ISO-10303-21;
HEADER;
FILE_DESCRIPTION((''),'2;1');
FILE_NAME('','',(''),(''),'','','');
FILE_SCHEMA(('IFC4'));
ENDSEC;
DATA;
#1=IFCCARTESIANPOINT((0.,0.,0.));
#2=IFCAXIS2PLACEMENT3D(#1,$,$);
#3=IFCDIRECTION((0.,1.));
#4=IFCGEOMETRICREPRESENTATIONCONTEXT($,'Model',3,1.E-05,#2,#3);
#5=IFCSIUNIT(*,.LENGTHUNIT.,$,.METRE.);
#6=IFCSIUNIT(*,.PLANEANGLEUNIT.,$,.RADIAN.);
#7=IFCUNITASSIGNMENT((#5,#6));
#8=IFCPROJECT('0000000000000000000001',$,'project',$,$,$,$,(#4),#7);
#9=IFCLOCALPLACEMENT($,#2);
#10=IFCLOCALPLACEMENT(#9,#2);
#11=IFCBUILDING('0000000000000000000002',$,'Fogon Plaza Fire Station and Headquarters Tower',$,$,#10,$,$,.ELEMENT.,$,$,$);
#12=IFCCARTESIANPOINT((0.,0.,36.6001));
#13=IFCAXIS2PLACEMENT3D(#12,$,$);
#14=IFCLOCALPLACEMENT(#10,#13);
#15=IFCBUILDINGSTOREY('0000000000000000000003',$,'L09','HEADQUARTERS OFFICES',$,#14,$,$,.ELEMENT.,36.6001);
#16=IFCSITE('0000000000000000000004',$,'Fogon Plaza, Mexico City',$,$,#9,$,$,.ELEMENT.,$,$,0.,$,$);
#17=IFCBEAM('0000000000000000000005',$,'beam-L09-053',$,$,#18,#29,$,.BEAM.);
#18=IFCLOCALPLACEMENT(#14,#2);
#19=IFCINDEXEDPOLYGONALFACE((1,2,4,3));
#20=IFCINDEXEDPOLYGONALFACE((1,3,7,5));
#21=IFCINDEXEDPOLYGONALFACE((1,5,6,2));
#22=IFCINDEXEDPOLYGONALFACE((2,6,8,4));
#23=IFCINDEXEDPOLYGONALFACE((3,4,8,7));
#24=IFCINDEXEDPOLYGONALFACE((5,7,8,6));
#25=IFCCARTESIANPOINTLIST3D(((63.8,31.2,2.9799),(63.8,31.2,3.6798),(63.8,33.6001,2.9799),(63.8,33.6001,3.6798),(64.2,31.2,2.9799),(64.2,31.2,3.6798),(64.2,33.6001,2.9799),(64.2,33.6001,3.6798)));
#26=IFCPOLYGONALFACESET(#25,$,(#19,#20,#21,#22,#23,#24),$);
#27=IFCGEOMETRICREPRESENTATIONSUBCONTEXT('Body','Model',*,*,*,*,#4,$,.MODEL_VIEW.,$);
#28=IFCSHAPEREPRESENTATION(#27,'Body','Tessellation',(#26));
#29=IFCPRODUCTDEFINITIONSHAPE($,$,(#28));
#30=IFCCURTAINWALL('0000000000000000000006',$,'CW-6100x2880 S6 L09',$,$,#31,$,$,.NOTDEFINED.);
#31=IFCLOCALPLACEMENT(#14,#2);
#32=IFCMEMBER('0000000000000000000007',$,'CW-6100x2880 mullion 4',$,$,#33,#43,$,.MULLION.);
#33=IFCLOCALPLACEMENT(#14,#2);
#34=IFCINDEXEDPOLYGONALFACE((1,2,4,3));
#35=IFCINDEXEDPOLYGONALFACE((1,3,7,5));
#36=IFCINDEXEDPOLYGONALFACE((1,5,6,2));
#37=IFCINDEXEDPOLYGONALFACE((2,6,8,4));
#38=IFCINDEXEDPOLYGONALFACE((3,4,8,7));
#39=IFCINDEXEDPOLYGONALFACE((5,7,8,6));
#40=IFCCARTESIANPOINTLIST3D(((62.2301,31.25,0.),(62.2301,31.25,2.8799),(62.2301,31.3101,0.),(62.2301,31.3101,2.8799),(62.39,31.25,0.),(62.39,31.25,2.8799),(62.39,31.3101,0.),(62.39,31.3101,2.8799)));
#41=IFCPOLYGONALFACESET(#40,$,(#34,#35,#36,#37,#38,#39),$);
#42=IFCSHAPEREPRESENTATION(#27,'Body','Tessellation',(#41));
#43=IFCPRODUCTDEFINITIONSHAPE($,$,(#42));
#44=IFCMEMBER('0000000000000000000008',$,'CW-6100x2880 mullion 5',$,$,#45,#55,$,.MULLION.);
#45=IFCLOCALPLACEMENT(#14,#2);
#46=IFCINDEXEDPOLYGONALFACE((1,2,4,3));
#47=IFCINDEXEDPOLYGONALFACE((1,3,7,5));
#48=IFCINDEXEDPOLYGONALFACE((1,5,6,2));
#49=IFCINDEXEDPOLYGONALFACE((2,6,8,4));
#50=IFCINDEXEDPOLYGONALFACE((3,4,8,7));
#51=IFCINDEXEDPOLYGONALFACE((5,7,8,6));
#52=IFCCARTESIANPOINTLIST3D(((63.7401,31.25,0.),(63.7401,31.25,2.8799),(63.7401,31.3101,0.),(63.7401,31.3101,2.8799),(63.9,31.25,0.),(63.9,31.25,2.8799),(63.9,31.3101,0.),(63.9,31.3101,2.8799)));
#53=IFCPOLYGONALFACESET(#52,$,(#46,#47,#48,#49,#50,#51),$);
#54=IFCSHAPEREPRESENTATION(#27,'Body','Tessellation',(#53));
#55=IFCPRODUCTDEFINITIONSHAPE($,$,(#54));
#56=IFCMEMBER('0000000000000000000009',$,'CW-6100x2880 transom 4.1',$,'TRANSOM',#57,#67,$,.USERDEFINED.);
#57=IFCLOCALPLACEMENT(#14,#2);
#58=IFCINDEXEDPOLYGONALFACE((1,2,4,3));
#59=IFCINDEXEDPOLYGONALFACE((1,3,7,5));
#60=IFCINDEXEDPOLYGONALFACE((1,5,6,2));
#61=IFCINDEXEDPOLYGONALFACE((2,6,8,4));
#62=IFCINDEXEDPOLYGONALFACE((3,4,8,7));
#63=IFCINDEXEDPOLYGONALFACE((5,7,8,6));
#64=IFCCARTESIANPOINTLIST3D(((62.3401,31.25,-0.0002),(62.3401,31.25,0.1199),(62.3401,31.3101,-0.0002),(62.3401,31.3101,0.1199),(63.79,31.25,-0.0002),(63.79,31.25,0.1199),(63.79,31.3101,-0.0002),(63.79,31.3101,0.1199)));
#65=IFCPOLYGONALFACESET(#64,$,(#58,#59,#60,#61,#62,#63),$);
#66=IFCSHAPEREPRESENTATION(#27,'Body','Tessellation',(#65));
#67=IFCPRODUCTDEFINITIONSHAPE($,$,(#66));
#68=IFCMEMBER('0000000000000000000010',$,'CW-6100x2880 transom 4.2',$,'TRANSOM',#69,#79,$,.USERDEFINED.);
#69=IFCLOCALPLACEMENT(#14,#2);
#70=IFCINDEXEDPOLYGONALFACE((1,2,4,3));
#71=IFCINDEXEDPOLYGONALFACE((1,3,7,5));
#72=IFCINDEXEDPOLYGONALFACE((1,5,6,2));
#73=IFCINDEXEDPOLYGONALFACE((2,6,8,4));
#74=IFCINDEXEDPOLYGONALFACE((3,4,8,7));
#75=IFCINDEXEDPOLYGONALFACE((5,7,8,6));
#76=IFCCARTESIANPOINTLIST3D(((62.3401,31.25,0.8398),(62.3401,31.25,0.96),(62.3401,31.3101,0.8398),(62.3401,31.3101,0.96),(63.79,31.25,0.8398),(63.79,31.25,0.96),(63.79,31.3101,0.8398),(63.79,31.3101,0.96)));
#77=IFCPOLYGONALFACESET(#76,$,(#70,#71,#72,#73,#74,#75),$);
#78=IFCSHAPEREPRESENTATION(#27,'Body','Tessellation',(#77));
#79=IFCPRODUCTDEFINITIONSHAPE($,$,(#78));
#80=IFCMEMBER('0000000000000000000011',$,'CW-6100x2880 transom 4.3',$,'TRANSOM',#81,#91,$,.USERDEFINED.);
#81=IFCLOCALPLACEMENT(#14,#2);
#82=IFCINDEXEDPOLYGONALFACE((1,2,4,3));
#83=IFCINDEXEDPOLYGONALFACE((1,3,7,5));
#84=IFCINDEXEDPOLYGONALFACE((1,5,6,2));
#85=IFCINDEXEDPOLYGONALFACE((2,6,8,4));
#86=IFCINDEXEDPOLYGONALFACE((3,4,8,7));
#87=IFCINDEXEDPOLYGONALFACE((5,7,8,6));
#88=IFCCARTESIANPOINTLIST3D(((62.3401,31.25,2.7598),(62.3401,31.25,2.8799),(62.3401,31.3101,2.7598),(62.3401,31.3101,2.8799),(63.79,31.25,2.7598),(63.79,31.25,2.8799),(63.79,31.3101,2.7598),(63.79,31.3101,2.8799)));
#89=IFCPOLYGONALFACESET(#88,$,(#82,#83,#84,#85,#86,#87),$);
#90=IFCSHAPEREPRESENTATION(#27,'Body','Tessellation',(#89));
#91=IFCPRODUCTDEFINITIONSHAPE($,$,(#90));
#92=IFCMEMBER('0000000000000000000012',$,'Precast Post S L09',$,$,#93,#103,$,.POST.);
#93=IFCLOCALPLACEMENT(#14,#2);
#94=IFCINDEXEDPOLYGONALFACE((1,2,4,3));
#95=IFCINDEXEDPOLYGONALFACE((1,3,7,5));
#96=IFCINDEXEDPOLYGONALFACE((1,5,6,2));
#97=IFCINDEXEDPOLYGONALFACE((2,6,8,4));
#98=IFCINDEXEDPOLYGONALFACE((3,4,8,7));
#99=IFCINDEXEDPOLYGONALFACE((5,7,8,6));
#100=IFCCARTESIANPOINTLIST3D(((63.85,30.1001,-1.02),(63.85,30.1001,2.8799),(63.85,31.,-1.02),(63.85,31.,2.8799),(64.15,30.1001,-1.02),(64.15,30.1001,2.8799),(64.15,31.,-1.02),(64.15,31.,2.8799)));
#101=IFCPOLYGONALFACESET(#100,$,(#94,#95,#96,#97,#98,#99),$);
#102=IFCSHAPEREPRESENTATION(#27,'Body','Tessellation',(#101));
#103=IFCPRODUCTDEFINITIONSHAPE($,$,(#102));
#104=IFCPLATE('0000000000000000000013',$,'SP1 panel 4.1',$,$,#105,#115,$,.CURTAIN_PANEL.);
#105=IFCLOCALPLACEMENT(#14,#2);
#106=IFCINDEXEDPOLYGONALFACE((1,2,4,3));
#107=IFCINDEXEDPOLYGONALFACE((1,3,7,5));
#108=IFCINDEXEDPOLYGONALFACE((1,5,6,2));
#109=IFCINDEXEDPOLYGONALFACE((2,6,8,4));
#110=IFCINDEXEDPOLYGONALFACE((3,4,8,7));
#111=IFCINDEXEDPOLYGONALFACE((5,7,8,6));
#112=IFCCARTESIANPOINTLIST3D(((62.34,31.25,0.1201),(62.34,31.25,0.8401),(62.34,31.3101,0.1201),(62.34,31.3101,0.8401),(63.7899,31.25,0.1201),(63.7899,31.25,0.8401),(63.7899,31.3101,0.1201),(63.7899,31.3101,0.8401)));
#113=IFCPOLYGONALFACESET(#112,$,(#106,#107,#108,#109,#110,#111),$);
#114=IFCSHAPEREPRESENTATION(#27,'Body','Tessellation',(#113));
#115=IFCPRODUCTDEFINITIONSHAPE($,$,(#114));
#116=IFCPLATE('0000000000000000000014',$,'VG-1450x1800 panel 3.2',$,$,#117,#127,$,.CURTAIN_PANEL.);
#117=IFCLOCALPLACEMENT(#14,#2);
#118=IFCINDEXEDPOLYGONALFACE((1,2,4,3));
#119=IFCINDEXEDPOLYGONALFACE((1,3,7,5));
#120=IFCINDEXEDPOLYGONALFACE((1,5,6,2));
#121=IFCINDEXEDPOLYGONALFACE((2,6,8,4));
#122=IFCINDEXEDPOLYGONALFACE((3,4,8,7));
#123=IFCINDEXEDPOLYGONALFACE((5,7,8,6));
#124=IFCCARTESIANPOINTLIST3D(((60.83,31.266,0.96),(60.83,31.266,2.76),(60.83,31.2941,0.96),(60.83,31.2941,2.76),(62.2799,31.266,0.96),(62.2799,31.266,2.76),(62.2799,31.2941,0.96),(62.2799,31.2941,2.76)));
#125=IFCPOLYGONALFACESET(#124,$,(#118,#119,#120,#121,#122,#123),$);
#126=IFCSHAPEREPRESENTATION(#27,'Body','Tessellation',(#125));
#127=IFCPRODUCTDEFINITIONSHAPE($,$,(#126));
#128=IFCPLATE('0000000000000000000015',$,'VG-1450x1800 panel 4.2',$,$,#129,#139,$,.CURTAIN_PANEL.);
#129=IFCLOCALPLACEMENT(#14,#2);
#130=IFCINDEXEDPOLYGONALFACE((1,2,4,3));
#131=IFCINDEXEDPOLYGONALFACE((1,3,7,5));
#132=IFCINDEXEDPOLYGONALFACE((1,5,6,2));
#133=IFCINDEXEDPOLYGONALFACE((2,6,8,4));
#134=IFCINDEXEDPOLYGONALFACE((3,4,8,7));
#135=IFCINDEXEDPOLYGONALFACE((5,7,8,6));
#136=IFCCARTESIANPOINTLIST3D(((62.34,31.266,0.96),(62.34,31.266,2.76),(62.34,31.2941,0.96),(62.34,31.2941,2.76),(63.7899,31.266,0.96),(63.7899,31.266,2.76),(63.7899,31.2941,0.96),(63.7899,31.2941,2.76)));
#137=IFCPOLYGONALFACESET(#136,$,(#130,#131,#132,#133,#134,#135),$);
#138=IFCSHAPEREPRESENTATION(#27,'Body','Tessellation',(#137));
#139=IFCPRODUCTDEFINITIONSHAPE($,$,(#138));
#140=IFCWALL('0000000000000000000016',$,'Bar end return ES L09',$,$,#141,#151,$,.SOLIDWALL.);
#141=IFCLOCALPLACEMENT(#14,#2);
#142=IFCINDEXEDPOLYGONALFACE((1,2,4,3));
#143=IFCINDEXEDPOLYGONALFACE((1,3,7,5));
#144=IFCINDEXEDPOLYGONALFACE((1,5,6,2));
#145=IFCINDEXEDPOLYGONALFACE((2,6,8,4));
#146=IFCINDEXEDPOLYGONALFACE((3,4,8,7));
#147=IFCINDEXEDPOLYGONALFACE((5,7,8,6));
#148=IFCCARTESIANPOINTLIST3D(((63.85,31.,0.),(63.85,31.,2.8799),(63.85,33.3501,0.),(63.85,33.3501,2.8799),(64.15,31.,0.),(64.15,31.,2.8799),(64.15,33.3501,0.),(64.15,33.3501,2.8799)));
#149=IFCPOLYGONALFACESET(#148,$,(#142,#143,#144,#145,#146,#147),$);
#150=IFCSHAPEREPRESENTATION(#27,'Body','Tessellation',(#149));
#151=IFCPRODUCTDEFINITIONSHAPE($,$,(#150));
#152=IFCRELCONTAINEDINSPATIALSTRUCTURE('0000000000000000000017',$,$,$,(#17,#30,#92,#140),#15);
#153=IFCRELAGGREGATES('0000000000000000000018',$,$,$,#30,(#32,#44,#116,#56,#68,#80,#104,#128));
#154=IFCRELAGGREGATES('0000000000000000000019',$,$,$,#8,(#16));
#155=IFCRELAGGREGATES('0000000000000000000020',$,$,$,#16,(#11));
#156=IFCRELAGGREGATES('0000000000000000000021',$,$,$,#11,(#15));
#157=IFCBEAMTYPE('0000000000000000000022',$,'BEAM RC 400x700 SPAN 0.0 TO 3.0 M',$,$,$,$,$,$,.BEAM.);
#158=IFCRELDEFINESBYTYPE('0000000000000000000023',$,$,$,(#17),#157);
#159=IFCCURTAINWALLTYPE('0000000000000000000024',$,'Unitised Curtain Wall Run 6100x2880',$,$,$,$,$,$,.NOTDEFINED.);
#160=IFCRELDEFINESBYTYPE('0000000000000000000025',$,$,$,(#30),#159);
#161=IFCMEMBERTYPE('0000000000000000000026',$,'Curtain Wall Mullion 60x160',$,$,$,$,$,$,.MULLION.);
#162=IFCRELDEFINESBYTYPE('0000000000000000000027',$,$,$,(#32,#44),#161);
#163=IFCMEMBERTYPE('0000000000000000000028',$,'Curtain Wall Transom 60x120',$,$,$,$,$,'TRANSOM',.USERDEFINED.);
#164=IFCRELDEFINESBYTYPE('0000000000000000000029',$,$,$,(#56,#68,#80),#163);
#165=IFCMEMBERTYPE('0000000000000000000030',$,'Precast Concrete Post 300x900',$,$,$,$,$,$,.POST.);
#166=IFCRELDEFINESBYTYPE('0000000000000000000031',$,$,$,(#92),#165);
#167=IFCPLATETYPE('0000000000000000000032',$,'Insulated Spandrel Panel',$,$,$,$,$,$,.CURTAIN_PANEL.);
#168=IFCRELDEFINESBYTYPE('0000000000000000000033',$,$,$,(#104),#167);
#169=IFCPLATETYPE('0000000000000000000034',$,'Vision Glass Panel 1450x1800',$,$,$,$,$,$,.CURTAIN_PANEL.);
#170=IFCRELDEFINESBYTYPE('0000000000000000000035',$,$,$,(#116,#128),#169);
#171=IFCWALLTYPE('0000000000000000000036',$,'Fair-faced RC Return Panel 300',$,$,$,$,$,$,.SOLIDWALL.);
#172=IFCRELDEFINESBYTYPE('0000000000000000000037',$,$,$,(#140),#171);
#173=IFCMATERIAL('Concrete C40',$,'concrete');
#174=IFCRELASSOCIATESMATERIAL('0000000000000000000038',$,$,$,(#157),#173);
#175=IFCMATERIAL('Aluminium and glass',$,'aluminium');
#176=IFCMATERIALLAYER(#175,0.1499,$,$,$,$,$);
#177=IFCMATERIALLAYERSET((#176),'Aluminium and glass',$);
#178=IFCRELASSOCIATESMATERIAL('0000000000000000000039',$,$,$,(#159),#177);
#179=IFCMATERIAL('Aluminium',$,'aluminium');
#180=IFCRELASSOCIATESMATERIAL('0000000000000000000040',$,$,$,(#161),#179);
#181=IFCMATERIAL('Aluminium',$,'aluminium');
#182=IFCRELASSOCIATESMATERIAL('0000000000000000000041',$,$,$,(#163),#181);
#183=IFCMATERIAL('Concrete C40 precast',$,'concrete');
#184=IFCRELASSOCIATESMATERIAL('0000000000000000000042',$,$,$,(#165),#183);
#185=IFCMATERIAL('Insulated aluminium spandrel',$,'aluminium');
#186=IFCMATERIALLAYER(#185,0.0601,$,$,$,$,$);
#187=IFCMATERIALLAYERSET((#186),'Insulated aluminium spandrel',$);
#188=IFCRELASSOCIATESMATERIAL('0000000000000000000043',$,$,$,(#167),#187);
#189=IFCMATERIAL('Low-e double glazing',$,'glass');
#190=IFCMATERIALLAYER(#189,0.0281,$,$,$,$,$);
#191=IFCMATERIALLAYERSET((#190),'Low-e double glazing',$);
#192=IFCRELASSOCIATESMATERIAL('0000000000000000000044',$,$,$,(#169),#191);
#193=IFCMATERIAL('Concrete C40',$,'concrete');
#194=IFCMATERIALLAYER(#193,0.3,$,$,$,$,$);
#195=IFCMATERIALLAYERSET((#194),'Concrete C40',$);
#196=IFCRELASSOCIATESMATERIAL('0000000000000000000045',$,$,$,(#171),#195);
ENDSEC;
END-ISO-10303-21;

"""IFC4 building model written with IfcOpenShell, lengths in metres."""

from ifc_helpers import new_model, si_unit, direction, frame, frame_2d, origin, origin_2d, place, context, subcontext, project, spatial, rectangle, extrude, material, layer, layer_set, material_profile, profile_set, type_object, element, aggregate, save


model = new_model("IFC4")

# Units and contexts
model_context = context("Model", 3, precision=1e-05, world=origin(), true_north=direction((0.0, 1.0)))
body_context = subcontext(model_context, "Body", "Model", "MODEL_VIEW")
ifc_project = project(units=[si_unit("LENGTHUNIT", "METRE"), si_unit("PLANEANGLEUNIT", "RADIAN")], contexts=[model_context])

# Site, building, storey
site_placement = place(None, origin())
site = spatial("IfcSite", under=ifc_project, at=site_placement, Name="Fogon Plaza, Mexico City", CompositionType="ELEMENT", RefElevation=0.0)
building_placement = place(site_placement, origin())
building = spatial("IfcBuilding", under=site, at=building_placement, Name="Fogon Plaza Fire Station and Headquarters Tower", CompositionType="ELEMENT")
storey_placement = place(building_placement, frame((0.0, 0.0, 36.6001)))
storey = spatial("IfcBuildingStorey", under=building, at=storey_placement, Name="L09", Description="HEADQUARTERS OFFICES", CompositionType="ELEMENT", Elevation=36.6001)

# Beam
ifc_material_1 = material(Name="Concrete C40", Category="concrete")
ifc_material_profile_1 = material_profile(ifc_material_1, rectangle(XDim=0.3999, YDim=0.7, at=origin_2d()), Name="RC 400x700")
ifc_profile_set_1 = profile_set([ifc_material_profile_1], Name="Concrete C40")
beam_type = type_object("IfcBeamType", Name="BEAM RC 400x700 SPAN 0.0 TO 3.0 M", PredefinedType="BEAM", material=ifc_profile_set_1)
beam_placement = place(storey_placement, frame((64.0, 31.2, 3.3298), z_axis=(0.0, 1.0, 0.0), x_axis=(-1.0, 0.0, 0.0)))
element("IfcBeam", 1, at=beam_placement, inside=storey, type_object=beam_type, Name="beam-L09-053", PredefinedType="BEAM", context=body_context, shape_type="SweptSolid", body=[
    extrude(rectangle(XDim=0.3999, YDim=0.7, at=origin_2d()), origin(), (0.0, 0.0, 1.0), 2.4001),
])

# Curtain wall, members
ifc_material_2 = material(Name="Aluminium and glass", Category="aluminium")
ifc_layer_1 = layer(ifc_material_2, 0.1499)
ifc_layer_set_1 = layer_set([ifc_layer_1], Name="Aluminium and glass")
curtain_wall_type = type_object("IfcCurtainWallType", Name="Unitised Curtain Wall Run 6100x2880", PredefinedType="NOTDEFINED", material=ifc_layer_set_1)
curtain_wall_placement = place(storey_placement, origin())
curtain_wall = element("IfcCurtainWall", 2, at=curtain_wall_placement, inside=storey, type_object=curtain_wall_type, Name="CW-6100x2880 S6 L09", PredefinedType="NOTDEFINED")
ifc_material_3 = material(Name="Aluminium", Category="aluminium")
ifc_material_profile_2 = material_profile(ifc_material_3, rectangle(XDim=0.0601, YDim=0.1599, at=origin_2d()), Name="Curtain Wall Mullion 60x160")
ifc_profile_set_2 = profile_set([ifc_material_profile_2], Name="Aluminium")
member_type_1 = type_object("IfcMemberType", Name="Curtain Wall Mullion 60x160", PredefinedType="MULLION", material=ifc_profile_set_2)
member_1_placement = place(storey_placement, frame((62.3101, 31.28, 0.0), z_axis=(0.0, 0.0, 1.0), x_axis=(0.0, 1.0, 0.0)))
member_1 = element("IfcMember", 3, at=member_1_placement, type_object=member_type_1, Name="CW-6100x2880 mullion 4", PredefinedType="MULLION", context=body_context, shape_type="SweptSolid", body=[
    extrude(rectangle(XDim=0.0601, YDim=0.1599, at=origin_2d()), origin(), (0.0, 0.0, 1.0), 2.8799),
])
member_2_placement = place(storey_placement, frame((63.8201, 31.28, 0.0), z_axis=(0.0, 0.0, 1.0), x_axis=(0.0, 1.0, 0.0)))
member_2 = element("IfcMember", 4, at=member_2_placement, type_object=member_type_1, Name="CW-6100x2880 mullion 5", PredefinedType="MULLION", context=body_context, shape_type="SweptSolid", body=[
    extrude(rectangle(XDim=0.0601, YDim=0.1599, at=origin_2d()), origin(), (0.0, 0.0, 1.0), 2.8799),
])
ifc_material_4 = material(Name="Aluminium", Category="aluminium")
ifc_material_profile_3 = material_profile(ifc_material_4, rectangle(XDim=0.0601, YDim=0.1201, at=origin_2d()), Name="Curtain Wall Transom 60x120")
ifc_profile_set_3 = profile_set([ifc_material_profile_3], Name="Aluminium")
member_type_2 = type_object("IfcMemberType", Name="Curtain Wall Transom 60x120", ElementType="TRANSOM", PredefinedType="USERDEFINED", material=ifc_profile_set_3)
member_3_placement = place(storey_placement, frame((62.3401, 31.28, 0.0598), z_axis=(1.0, 0.0, 0.0), x_axis=(0.0, 1.0, 0.0)))
member_3 = element("IfcMember", 5, at=member_3_placement, type_object=member_type_2, Name="CW-6100x2880 transom 4.1", ObjectType="TRANSOM", PredefinedType="USERDEFINED", context=body_context, shape_type="SweptSolid", body=[
    extrude(rectangle(XDim=0.0601, YDim=0.1201, at=origin_2d()), origin(), (0.0, 0.0, 1.0), 1.45),
])
member_4_placement = place(storey_placement, frame((62.3401, 31.28, 0.8999), z_axis=(1.0, 0.0, 0.0), x_axis=(0.0, 1.0, 0.0)))
member_4 = element("IfcMember", 6, at=member_4_placement, type_object=member_type_2, Name="CW-6100x2880 transom 4.2", ObjectType="TRANSOM", PredefinedType="USERDEFINED", context=body_context, shape_type="SweptSolid", body=[
    extrude(rectangle(XDim=0.0601, YDim=0.1201, at=origin_2d()), origin(), (0.0, 0.0, 1.0), 1.45),
])
member_5_placement = place(storey_placement, frame((62.3401, 31.28, 2.8198), z_axis=(1.0, 0.0, 0.0), x_axis=(0.0, 1.0, 0.0)))
member_5 = element("IfcMember", 7, at=member_5_placement, type_object=member_type_2, Name="CW-6100x2880 transom 4.3", ObjectType="TRANSOM", PredefinedType="USERDEFINED", context=body_context, shape_type="SweptSolid", body=[
    extrude(rectangle(XDim=0.0601, YDim=0.1201, at=origin_2d()), origin(), (0.0, 0.0, 1.0), 1.45),
])

# Member
ifc_material_5 = material(Name="Concrete C40 precast", Category="concrete")
ifc_material_profile_4 = material_profile(ifc_material_5, rectangle(XDim=0.3, YDim=0.8999, at=origin_2d()), Name="Precast Concrete Post 300x900")
ifc_profile_set_4 = profile_set([ifc_material_profile_4], Name="Concrete C40 precast")
member_type_3 = type_object("IfcMemberType", Name="Precast Concrete Post 300x900", PredefinedType="POST", material=ifc_profile_set_4)
member_6_placement = place(storey_placement, frame((64.0, 30.55, -1.02), z_axis=(0.0, 0.0, 1.0), x_axis=(1.0, 0.0, 0.0)))
element("IfcMember", 8, at=member_6_placement, inside=storey, type_object=member_type_3, Name="Precast Post S L09", PredefinedType="POST", context=body_context, shape_type="SweptSolid", body=[
    extrude(rectangle(XDim=0.3, YDim=0.8999, at=origin_2d()), origin(), (0.0, 0.0, 1.0), 3.8999),
])

# Plates
ifc_material_6 = material(Name="Insulated aluminium spandrel", Category="aluminium")
ifc_layer_2 = layer(ifc_material_6, 0.0601)
ifc_layer_set_2 = layer_set([ifc_layer_2], Name="Insulated aluminium spandrel")
plate_type_1 = type_object("IfcPlateType", Name="Insulated Spandrel Panel", PredefinedType="CURTAIN_PANEL", material=ifc_layer_set_2)
plate_1_placement = place(storey_placement, frame((63.0649, 31.28, 0.1201), z_axis=(0.0, 0.0, 1.0), x_axis=(1.0, 0.0, 0.0)))
plate_1 = element("IfcPlate", 9, at=plate_1_placement, type_object=plate_type_1, Name="SP1 panel 4.1", PredefinedType="CURTAIN_PANEL", context=body_context, shape_type="SweptSolid", body=[
    extrude(rectangle(XDim=1.45, YDim=0.0601, at=origin_2d()), origin(), (0.0, 0.0, 1.0), 0.72),
])
ifc_material_7 = material(Name="Low-e double glazing", Category="glass")
ifc_layer_3 = layer(ifc_material_7, 0.0281)
ifc_layer_set_3 = layer_set([ifc_layer_3], Name="Low-e double glazing")
plate_type_2 = type_object("IfcPlateType", Name="Vision Glass Panel 1450x1800", PredefinedType="CURTAIN_PANEL", material=ifc_layer_set_3)
plate_2_placement = place(storey_placement, frame((61.5549, 31.28, 0.96), z_axis=(0.0, 0.0, 1.0), x_axis=(1.0, 0.0, 0.0)))
plate_2 = element("IfcPlate", 10, at=plate_2_placement, type_object=plate_type_2, Name="VG-1450x1800 panel 3.2", PredefinedType="CURTAIN_PANEL", context=body_context, shape_type="SweptSolid", body=[
    extrude(rectangle(XDim=1.45, YDim=0.0281, at=origin_2d()), origin(), (0.0, 0.0, 1.0), 1.8),
])
plate_3_placement = place(storey_placement, frame((63.0649, 31.28, 0.96), z_axis=(0.0, 0.0, 1.0), x_axis=(1.0, 0.0, 0.0)))
plate_3 = element("IfcPlate", 11, at=plate_3_placement, type_object=plate_type_2, Name="VG-1450x1800 panel 4.2", PredefinedType="CURTAIN_PANEL", context=body_context, shape_type="SweptSolid", body=[
    extrude(rectangle(XDim=1.45, YDim=0.0281, at=origin_2d()), origin(), (0.0, 0.0, 1.0), 1.8),
])
aggregate(curtain_wall, [member_1, member_2, plate_2, member_3, member_4, member_5, plate_1, plate_3])

# Wall
ifc_material_8 = material(Name="Concrete C40", Category="concrete")
ifc_layer_4 = layer(ifc_material_8, 0.3)
ifc_layer_set_4 = layer_set([ifc_layer_4], Name="Concrete C40")
wall_type_1 = type_object("IfcWallType", Name="Fair-faced RC Return Panel 300", PredefinedType="SOLIDWALL", material=ifc_layer_set_4)
wall_1_placement = place(storey_placement, frame((64.0, 31.0, 0.0), z_axis=(0.0, 0.0, 1.0), x_axis=(0.0, 1.0, 0.0)))
element("IfcWall", 12, at=wall_1_placement, inside=storey, type_object=wall_type_1, Name="Bar end return ES L09", PredefinedType="SOLIDWALL", context=body_context, shape_type="SweptSolid", body=[
    extrude(rectangle(XDim=2.3501, YDim=0.3, at=frame_2d((1.175, 0.0))), origin(), (0.0, 0.0, 1.0), 2.8799),
])

save(model, "model.ifc")
